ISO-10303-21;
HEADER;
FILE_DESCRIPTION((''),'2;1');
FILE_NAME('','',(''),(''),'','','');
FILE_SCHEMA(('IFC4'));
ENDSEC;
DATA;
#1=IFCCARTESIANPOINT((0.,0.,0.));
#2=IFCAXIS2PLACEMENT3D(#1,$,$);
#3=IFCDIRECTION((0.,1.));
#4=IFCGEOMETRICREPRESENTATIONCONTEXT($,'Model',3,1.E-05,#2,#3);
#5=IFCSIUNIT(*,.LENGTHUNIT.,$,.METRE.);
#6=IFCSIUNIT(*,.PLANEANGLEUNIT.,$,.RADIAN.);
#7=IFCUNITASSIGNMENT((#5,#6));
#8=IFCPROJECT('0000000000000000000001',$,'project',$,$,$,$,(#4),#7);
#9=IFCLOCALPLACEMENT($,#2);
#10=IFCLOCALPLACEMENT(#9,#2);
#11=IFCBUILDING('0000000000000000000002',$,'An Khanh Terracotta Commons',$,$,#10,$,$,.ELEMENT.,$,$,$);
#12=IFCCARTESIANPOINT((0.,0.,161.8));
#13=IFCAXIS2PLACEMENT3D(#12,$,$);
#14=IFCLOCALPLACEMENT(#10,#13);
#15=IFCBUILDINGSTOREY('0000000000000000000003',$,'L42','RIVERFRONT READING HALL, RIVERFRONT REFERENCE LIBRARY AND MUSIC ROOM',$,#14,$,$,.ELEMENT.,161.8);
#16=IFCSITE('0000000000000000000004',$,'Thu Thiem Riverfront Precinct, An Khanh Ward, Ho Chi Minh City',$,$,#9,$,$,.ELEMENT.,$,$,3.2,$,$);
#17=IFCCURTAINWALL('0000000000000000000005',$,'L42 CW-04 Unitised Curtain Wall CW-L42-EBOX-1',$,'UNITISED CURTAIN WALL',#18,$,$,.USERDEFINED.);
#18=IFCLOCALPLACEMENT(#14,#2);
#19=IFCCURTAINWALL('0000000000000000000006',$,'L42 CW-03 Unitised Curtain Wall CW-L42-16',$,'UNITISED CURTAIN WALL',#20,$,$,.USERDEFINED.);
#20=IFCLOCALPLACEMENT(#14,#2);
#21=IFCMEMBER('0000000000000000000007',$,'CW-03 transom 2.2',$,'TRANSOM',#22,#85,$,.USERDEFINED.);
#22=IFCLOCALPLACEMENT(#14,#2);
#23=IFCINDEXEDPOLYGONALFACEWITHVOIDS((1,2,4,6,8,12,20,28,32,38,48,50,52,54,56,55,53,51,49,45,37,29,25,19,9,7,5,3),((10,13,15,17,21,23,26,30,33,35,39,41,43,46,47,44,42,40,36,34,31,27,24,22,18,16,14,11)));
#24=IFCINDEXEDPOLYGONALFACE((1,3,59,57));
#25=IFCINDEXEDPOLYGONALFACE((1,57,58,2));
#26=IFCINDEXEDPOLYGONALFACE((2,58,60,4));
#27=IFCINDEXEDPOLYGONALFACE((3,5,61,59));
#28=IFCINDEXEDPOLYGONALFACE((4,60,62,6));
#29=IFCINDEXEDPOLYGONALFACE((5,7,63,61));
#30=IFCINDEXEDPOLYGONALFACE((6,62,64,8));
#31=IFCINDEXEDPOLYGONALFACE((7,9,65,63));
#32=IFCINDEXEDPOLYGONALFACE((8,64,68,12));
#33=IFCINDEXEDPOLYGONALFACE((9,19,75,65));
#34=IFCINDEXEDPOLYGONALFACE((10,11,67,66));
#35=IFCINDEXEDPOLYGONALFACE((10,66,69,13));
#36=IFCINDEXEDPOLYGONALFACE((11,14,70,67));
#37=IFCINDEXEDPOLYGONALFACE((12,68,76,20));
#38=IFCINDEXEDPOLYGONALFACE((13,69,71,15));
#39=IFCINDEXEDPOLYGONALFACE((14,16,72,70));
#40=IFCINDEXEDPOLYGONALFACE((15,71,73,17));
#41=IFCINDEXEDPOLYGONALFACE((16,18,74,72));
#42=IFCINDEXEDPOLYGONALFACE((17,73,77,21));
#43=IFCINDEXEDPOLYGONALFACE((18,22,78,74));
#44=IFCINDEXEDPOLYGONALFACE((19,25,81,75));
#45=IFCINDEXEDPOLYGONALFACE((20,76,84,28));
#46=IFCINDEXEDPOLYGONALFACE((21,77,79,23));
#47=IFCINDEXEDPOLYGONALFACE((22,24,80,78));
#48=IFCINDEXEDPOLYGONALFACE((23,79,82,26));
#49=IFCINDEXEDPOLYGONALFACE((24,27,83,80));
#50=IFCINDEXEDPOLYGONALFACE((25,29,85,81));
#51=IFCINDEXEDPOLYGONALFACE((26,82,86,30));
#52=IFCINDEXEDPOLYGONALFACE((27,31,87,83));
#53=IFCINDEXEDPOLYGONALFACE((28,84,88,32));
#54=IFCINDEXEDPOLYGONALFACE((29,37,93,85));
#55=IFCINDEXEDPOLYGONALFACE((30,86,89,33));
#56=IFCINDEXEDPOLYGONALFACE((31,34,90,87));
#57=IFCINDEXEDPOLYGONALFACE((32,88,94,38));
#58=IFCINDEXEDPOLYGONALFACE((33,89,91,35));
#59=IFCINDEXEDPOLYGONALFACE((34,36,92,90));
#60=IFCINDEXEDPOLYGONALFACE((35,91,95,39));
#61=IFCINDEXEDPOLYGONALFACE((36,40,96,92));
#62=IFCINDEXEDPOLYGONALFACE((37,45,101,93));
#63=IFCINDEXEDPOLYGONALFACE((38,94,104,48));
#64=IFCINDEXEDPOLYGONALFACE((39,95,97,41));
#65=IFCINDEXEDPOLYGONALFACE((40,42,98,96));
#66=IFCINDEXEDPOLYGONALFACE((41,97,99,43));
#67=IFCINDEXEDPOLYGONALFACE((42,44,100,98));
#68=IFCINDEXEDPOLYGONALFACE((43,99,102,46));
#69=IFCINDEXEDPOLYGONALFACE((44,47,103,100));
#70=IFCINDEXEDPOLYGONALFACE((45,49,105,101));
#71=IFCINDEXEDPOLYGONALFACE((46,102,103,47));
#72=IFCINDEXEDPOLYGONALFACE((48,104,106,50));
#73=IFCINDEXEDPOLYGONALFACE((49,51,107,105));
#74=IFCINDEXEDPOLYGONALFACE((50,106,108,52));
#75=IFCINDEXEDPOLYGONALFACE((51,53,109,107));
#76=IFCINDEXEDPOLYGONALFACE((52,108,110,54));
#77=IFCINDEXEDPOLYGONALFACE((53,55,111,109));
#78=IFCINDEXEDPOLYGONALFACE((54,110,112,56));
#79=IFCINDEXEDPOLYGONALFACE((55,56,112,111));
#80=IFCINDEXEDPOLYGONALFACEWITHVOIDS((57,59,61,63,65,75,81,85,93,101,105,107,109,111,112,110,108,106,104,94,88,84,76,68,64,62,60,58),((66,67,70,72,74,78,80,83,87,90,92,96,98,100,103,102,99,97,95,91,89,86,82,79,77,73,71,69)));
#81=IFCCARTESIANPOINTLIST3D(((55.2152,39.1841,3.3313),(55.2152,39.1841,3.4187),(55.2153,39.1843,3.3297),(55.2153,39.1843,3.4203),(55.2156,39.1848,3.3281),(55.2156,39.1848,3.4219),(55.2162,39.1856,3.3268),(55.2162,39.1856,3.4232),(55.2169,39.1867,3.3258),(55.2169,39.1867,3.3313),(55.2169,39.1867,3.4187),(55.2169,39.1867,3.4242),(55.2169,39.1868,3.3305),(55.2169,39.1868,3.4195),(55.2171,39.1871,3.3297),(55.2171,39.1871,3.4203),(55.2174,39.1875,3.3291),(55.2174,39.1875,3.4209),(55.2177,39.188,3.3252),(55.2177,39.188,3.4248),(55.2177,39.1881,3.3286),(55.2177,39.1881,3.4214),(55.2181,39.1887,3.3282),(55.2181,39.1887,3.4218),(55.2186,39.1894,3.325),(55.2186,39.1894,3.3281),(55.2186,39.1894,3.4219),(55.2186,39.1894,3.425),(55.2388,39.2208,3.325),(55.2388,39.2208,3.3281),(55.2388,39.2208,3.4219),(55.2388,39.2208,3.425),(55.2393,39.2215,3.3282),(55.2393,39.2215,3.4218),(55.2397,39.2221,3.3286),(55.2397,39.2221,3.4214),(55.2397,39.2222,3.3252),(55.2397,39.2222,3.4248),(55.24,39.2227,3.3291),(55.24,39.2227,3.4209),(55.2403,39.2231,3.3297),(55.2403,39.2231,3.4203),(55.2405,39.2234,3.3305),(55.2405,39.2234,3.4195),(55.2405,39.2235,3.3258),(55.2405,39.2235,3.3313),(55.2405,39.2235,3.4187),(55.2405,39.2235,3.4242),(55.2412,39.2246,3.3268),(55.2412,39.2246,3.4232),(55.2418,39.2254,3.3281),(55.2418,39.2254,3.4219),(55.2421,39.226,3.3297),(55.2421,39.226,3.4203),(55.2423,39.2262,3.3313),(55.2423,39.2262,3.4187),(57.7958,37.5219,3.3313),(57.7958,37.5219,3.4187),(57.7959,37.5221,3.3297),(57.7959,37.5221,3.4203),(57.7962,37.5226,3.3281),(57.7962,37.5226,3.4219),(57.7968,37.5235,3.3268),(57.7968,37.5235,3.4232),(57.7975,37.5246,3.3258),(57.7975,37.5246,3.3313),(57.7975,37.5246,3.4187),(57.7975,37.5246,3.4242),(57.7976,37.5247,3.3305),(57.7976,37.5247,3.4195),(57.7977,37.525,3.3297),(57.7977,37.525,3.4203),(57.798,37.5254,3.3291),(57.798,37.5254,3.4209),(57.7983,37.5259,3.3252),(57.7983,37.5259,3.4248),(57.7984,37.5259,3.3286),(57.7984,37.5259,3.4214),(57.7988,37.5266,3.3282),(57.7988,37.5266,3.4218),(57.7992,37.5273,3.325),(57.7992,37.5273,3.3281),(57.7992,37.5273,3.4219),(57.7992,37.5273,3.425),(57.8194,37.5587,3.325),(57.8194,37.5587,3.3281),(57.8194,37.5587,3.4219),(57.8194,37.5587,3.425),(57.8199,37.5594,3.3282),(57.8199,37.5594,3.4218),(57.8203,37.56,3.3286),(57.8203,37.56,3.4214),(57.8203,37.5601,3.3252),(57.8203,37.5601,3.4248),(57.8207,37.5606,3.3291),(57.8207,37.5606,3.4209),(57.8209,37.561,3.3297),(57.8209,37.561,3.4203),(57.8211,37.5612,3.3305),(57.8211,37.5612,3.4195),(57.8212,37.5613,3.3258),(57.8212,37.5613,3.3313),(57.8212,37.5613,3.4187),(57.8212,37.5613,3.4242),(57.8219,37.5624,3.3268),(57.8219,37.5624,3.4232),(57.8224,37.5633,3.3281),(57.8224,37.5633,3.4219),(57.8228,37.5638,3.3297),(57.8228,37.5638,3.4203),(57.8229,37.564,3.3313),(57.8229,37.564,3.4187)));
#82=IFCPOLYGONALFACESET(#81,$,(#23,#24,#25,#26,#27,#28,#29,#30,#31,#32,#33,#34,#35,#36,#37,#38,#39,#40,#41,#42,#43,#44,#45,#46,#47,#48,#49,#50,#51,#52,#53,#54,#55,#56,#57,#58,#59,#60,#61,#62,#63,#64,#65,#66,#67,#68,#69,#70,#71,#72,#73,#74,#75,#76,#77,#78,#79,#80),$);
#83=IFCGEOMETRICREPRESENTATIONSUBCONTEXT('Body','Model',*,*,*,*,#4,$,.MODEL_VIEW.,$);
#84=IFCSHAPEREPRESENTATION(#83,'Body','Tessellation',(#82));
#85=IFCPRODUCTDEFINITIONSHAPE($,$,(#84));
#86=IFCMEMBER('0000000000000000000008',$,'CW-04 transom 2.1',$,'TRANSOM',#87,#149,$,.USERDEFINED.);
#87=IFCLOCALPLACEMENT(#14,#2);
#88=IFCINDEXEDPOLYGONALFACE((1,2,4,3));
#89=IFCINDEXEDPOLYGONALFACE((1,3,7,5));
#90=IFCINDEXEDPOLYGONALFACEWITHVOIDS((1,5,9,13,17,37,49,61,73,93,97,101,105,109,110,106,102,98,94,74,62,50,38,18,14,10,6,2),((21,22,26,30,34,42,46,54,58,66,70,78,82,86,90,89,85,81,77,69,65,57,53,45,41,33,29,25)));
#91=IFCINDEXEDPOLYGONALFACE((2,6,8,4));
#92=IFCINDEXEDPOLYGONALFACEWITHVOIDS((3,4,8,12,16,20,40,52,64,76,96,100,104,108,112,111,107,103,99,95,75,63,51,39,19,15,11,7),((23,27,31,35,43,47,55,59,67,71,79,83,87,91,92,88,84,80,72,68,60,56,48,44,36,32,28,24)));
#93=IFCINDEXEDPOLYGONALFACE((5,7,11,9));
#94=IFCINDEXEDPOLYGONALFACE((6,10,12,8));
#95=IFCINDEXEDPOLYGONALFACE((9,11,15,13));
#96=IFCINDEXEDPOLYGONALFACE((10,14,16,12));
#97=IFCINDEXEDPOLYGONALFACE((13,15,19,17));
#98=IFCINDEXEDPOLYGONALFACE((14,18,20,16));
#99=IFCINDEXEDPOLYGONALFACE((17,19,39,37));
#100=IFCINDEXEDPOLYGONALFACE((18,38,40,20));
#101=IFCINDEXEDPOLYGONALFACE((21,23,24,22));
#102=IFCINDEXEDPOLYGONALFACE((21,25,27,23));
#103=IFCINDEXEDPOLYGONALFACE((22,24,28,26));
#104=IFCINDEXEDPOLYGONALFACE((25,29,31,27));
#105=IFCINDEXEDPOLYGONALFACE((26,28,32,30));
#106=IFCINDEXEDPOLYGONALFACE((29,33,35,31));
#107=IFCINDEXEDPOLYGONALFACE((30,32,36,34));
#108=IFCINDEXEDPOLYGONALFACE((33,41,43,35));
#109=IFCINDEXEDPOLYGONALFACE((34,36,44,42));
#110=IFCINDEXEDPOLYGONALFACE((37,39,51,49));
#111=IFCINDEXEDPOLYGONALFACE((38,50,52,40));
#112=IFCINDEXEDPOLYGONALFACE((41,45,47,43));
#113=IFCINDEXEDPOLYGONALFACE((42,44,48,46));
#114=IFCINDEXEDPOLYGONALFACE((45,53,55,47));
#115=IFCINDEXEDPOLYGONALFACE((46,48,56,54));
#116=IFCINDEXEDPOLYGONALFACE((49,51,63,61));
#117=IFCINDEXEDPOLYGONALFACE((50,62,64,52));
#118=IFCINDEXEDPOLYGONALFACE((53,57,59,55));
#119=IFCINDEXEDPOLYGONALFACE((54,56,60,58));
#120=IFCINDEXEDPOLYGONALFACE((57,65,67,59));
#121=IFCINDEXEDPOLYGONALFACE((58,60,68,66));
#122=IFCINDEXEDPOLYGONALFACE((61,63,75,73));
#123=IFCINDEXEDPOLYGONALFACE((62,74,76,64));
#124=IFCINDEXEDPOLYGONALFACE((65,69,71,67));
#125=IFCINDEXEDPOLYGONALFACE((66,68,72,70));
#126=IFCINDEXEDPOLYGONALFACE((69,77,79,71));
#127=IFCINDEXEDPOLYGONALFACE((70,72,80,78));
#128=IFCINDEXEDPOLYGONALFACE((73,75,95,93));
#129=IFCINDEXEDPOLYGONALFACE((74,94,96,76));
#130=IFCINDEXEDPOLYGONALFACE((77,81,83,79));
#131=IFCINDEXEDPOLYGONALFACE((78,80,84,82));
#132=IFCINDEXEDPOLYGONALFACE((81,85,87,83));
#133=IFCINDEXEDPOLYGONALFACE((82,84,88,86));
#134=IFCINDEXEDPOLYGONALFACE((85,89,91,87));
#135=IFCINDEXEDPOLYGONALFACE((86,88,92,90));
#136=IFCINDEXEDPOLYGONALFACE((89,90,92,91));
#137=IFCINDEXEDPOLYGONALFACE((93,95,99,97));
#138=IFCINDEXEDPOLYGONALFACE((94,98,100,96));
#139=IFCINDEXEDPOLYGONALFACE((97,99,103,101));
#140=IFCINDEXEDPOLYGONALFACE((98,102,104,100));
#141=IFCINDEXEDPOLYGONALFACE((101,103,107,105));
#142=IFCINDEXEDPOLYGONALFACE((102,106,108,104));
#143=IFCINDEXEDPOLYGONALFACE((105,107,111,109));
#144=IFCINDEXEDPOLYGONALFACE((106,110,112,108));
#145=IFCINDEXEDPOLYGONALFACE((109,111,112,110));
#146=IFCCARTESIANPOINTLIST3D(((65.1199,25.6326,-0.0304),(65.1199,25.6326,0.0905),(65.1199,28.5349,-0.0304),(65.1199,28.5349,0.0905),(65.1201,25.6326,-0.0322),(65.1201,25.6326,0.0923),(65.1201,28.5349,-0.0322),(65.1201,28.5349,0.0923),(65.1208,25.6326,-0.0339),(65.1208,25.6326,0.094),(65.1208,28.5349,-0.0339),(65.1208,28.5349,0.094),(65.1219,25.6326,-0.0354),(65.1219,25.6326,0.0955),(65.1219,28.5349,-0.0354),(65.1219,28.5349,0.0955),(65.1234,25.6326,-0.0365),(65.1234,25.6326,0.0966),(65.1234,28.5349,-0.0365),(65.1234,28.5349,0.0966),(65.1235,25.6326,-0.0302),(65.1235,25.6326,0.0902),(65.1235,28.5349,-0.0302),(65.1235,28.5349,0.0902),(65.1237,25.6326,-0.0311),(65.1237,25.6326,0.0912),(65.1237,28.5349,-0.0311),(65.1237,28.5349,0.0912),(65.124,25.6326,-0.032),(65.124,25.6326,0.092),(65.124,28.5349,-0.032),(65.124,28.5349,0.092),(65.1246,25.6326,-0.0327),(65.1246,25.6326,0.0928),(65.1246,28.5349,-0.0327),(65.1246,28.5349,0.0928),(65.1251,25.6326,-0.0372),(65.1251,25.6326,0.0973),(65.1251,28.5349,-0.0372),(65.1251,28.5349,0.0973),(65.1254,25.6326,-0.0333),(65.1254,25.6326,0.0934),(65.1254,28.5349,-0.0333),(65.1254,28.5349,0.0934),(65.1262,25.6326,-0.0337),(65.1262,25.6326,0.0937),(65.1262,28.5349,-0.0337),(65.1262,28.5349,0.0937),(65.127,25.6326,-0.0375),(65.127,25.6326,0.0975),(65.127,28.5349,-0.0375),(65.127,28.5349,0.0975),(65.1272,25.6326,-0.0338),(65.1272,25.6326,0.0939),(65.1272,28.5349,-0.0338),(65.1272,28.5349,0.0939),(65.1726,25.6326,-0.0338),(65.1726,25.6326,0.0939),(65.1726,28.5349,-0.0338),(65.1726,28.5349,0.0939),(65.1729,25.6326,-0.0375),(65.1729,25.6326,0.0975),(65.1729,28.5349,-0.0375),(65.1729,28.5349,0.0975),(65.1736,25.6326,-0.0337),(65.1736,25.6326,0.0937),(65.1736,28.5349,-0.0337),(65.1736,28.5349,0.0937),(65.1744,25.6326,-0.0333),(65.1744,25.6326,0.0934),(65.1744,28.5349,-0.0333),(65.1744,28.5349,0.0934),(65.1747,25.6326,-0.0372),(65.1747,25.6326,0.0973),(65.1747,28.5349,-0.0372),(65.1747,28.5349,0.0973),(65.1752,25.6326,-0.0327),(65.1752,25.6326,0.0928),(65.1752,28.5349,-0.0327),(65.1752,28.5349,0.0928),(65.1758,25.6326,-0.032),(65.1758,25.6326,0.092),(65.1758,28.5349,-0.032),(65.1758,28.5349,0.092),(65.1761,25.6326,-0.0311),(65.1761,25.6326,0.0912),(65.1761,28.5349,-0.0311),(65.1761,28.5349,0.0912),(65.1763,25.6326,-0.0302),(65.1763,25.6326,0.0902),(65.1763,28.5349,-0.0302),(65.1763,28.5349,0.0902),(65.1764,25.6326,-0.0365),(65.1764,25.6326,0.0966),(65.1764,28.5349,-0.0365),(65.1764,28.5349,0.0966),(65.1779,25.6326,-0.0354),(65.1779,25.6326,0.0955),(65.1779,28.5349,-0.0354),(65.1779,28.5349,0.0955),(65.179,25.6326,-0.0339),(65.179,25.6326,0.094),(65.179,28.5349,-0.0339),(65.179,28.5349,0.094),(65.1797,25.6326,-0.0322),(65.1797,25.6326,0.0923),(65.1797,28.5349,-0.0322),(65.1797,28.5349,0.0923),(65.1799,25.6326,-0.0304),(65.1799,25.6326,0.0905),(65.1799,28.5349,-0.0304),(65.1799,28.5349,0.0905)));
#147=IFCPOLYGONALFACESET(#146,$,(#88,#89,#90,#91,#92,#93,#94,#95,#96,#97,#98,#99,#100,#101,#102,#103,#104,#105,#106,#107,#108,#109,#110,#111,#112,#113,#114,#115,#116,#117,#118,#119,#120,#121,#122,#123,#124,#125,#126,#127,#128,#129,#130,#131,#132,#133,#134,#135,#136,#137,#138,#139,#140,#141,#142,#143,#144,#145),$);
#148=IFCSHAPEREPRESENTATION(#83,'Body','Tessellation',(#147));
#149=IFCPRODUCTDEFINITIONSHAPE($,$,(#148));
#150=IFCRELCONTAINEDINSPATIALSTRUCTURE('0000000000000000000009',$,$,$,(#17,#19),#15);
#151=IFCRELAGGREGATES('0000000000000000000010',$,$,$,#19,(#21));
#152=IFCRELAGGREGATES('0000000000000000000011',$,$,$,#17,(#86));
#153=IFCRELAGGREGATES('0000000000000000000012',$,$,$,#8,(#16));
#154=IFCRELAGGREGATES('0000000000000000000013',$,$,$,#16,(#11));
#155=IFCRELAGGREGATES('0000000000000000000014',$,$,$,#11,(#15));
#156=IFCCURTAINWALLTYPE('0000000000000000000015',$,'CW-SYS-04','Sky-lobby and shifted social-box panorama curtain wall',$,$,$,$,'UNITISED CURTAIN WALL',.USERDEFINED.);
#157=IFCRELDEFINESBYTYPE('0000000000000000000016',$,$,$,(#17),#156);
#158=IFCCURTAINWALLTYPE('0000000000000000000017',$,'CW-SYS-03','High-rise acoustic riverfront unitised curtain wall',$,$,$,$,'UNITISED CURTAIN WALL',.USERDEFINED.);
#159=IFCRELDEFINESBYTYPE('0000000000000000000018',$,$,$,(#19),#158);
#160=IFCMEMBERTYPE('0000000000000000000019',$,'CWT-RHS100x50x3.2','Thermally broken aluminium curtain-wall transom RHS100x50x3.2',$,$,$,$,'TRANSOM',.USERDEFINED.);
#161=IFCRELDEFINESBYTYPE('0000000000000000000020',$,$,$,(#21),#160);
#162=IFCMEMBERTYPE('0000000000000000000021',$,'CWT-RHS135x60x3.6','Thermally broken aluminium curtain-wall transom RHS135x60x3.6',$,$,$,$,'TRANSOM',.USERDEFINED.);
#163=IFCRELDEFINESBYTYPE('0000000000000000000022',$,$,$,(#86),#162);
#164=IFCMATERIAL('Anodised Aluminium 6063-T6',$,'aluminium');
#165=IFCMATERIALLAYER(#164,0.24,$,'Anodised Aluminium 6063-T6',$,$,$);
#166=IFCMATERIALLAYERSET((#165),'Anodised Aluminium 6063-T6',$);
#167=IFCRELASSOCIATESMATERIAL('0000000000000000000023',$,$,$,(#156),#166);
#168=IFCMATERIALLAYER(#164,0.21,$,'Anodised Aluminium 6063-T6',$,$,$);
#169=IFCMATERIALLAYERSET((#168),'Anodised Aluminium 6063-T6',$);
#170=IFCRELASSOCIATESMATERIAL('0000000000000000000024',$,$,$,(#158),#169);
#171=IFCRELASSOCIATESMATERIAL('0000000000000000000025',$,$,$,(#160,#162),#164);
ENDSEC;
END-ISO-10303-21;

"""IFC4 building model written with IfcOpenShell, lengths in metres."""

from ifc_helpers import new_model, si_unit, direction, frame, origin, origin_2d, place, context, subcontext, project, spatial, hollow_rectangle, extrude, material, layer, layer_set, material_profile, profile_set, type_object, element, aggregate, save


model = new_model("IFC4")

# Units and contexts
model_context = context("Model", 3, precision=1e-05, world=origin(), true_north=direction((0.0, 1.0)))
body_context = subcontext(model_context, "Body", "Model", "MODEL_VIEW")
ifc_project = project(units=[si_unit("LENGTHUNIT", "METRE"), si_unit("PLANEANGLEUNIT", "RADIAN")], contexts=[model_context])

# Site, building, storey
site_placement = place(None, origin())
site = spatial("IfcSite", under=ifc_project, at=site_placement, Name="Thu Thiem Riverfront Precinct, An Khanh Ward, Ho Chi Minh City", CompositionType="ELEMENT", RefElevation=3.2)
building_placement = place(site_placement, origin())
building = spatial("IfcBuilding", under=site, at=building_placement, Name="An Khanh Terracotta Commons", CompositionType="ELEMENT")
storey_placement = place(building_placement, frame((0.0, 0.0, 161.8)))
storey = spatial("IfcBuildingStorey", under=building, at=storey_placement, Name="L42", Description="RIVERFRONT READING HALL, RIVERFRONT REFERENCE LIBRARY AND MUSIC ROOM", CompositionType="ELEMENT", Elevation=161.8)

# Curtain walls, member
ifc_material_1 = material(Name="Anodised Aluminium 6063-T6", Category="aluminium")
ifc_layer_1 = layer(ifc_material_1, 0.24, Name="Anodised Aluminium 6063-T6")
ifc_layer_set_1 = layer_set([ifc_layer_1], Name="Anodised Aluminium 6063-T6")
curtain_wall_type_1 = type_object("IfcCurtainWallType", Name="CW-SYS-04", Description="Sky-lobby and shifted social-box panorama curtain wall", ElementType="UNITISED CURTAIN WALL", PredefinedType="USERDEFINED", material=ifc_layer_set_1)
curtain_wall_1_placement = place(storey_placement, origin())
curtain_wall_1 = element("IfcCurtainWall", 1, at=curtain_wall_1_placement, inside=storey, type_object=curtain_wall_type_1, Name="L42 CW-04 Unitised Curtain Wall CW-L42-EBOX-1", ObjectType="UNITISED CURTAIN WALL", PredefinedType="USERDEFINED")
ifc_layer_2 = layer(ifc_material_1, 0.21, Name="Anodised Aluminium 6063-T6")
ifc_layer_set_2 = layer_set([ifc_layer_2], Name="Anodised Aluminium 6063-T6")
curtain_wall_type_2 = type_object("IfcCurtainWallType", Name="CW-SYS-03", Description="High-rise acoustic riverfront unitised curtain wall", ElementType="UNITISED CURTAIN WALL", PredefinedType="USERDEFINED", material=ifc_layer_set_2)
curtain_wall_2_placement = place(storey_placement, origin())
curtain_wall_2 = element("IfcCurtainWall", 2, at=curtain_wall_2_placement, inside=storey, type_object=curtain_wall_type_2, Name="L42 CW-03 Unitised Curtain Wall CW-L42-16", ObjectType="UNITISED CURTAIN WALL", PredefinedType="USERDEFINED")
ifc_material_profile_1 = material_profile(ifc_material_1, hollow_rectangle(XDim=0.05, YDim=0.1001, WallThickness=0.0032, InnerFilletRadius=0.0032, OuterFilletRadius=0.0063, at=origin_2d()), Name="RHS100x50x3.2")
ifc_profile_set_1 = profile_set([ifc_material_profile_1], Name="Anodised Aluminium 6063-T6")
member_type_1 = type_object("IfcMemberType", Name="CWT-RHS100x50x3.2", Description="Thermally broken aluminium curtain-wall transom RHS100x50x3.2", ElementType="TRANSOM", PredefinedType="USERDEFINED", material=ifc_profile_set_1)
member_1_placement = place(storey_placement, frame((57.8093, 37.543, 3.375), z_axis=(-0.840708, 0.541489, 0.0), x_axis=(-0.541489, -0.840708, 0.0)))
member_1 = element("IfcMember", 3, at=member_1_placement, type_object=member_type_1, Name="CW-03 transom 2.2", ObjectType="TRANSOM", PredefinedType="USERDEFINED", context=body_context, shape_type="SweptSolid", body=[
    extrude(hollow_rectangle(XDim=0.05, YDim=0.1001, WallThickness=0.0032, InnerFilletRadius=0.0032, OuterFilletRadius=0.0063, at=origin_2d()), origin(), (0.0, 0.0, 1.0), 3.0696),
])

# Member
ifc_material_profile_2 = material_profile(ifc_material_1, hollow_rectangle(XDim=0.0601, YDim=0.135, WallThickness=0.0037, InnerFilletRadius=0.0037, OuterFilletRadius=0.0071, at=origin_2d()), Name="RHS135x60x3.6")
ifc_profile_set_2 = profile_set([ifc_material_profile_2], Name="Anodised Aluminium 6063-T6")
member_type_2 = type_object("IfcMemberType", Name="CWT-RHS135x60x3.6", Description="Thermally broken aluminium curtain-wall transom RHS135x60x3.6", ElementType="TRANSOM", PredefinedType="USERDEFINED", material=ifc_profile_set_2)
member_2_placement = place(storey_placement, frame((65.1499, 25.6326, 0.03), z_axis=(0.0, 1.0, 0.0), x_axis=(-1.0, 0.0, 0.0)))
member_2 = element("IfcMember", 4, at=member_2_placement, type_object=member_type_2, Name="CW-04 transom 2.1", ObjectType="TRANSOM", PredefinedType="USERDEFINED", context=body_context, shape_type="SweptSolid", body=[
    extrude(hollow_rectangle(XDim=0.0601, YDim=0.135, WallThickness=0.0037, InnerFilletRadius=0.0037, OuterFilletRadius=0.0071, at=origin_2d()), origin(), (0.0, 0.0, 1.0), 2.9023),
])

aggregate(curtain_wall_2, [member_1])
aggregate(curtain_wall_1, [member_2])

save(model, "model.ifc")
